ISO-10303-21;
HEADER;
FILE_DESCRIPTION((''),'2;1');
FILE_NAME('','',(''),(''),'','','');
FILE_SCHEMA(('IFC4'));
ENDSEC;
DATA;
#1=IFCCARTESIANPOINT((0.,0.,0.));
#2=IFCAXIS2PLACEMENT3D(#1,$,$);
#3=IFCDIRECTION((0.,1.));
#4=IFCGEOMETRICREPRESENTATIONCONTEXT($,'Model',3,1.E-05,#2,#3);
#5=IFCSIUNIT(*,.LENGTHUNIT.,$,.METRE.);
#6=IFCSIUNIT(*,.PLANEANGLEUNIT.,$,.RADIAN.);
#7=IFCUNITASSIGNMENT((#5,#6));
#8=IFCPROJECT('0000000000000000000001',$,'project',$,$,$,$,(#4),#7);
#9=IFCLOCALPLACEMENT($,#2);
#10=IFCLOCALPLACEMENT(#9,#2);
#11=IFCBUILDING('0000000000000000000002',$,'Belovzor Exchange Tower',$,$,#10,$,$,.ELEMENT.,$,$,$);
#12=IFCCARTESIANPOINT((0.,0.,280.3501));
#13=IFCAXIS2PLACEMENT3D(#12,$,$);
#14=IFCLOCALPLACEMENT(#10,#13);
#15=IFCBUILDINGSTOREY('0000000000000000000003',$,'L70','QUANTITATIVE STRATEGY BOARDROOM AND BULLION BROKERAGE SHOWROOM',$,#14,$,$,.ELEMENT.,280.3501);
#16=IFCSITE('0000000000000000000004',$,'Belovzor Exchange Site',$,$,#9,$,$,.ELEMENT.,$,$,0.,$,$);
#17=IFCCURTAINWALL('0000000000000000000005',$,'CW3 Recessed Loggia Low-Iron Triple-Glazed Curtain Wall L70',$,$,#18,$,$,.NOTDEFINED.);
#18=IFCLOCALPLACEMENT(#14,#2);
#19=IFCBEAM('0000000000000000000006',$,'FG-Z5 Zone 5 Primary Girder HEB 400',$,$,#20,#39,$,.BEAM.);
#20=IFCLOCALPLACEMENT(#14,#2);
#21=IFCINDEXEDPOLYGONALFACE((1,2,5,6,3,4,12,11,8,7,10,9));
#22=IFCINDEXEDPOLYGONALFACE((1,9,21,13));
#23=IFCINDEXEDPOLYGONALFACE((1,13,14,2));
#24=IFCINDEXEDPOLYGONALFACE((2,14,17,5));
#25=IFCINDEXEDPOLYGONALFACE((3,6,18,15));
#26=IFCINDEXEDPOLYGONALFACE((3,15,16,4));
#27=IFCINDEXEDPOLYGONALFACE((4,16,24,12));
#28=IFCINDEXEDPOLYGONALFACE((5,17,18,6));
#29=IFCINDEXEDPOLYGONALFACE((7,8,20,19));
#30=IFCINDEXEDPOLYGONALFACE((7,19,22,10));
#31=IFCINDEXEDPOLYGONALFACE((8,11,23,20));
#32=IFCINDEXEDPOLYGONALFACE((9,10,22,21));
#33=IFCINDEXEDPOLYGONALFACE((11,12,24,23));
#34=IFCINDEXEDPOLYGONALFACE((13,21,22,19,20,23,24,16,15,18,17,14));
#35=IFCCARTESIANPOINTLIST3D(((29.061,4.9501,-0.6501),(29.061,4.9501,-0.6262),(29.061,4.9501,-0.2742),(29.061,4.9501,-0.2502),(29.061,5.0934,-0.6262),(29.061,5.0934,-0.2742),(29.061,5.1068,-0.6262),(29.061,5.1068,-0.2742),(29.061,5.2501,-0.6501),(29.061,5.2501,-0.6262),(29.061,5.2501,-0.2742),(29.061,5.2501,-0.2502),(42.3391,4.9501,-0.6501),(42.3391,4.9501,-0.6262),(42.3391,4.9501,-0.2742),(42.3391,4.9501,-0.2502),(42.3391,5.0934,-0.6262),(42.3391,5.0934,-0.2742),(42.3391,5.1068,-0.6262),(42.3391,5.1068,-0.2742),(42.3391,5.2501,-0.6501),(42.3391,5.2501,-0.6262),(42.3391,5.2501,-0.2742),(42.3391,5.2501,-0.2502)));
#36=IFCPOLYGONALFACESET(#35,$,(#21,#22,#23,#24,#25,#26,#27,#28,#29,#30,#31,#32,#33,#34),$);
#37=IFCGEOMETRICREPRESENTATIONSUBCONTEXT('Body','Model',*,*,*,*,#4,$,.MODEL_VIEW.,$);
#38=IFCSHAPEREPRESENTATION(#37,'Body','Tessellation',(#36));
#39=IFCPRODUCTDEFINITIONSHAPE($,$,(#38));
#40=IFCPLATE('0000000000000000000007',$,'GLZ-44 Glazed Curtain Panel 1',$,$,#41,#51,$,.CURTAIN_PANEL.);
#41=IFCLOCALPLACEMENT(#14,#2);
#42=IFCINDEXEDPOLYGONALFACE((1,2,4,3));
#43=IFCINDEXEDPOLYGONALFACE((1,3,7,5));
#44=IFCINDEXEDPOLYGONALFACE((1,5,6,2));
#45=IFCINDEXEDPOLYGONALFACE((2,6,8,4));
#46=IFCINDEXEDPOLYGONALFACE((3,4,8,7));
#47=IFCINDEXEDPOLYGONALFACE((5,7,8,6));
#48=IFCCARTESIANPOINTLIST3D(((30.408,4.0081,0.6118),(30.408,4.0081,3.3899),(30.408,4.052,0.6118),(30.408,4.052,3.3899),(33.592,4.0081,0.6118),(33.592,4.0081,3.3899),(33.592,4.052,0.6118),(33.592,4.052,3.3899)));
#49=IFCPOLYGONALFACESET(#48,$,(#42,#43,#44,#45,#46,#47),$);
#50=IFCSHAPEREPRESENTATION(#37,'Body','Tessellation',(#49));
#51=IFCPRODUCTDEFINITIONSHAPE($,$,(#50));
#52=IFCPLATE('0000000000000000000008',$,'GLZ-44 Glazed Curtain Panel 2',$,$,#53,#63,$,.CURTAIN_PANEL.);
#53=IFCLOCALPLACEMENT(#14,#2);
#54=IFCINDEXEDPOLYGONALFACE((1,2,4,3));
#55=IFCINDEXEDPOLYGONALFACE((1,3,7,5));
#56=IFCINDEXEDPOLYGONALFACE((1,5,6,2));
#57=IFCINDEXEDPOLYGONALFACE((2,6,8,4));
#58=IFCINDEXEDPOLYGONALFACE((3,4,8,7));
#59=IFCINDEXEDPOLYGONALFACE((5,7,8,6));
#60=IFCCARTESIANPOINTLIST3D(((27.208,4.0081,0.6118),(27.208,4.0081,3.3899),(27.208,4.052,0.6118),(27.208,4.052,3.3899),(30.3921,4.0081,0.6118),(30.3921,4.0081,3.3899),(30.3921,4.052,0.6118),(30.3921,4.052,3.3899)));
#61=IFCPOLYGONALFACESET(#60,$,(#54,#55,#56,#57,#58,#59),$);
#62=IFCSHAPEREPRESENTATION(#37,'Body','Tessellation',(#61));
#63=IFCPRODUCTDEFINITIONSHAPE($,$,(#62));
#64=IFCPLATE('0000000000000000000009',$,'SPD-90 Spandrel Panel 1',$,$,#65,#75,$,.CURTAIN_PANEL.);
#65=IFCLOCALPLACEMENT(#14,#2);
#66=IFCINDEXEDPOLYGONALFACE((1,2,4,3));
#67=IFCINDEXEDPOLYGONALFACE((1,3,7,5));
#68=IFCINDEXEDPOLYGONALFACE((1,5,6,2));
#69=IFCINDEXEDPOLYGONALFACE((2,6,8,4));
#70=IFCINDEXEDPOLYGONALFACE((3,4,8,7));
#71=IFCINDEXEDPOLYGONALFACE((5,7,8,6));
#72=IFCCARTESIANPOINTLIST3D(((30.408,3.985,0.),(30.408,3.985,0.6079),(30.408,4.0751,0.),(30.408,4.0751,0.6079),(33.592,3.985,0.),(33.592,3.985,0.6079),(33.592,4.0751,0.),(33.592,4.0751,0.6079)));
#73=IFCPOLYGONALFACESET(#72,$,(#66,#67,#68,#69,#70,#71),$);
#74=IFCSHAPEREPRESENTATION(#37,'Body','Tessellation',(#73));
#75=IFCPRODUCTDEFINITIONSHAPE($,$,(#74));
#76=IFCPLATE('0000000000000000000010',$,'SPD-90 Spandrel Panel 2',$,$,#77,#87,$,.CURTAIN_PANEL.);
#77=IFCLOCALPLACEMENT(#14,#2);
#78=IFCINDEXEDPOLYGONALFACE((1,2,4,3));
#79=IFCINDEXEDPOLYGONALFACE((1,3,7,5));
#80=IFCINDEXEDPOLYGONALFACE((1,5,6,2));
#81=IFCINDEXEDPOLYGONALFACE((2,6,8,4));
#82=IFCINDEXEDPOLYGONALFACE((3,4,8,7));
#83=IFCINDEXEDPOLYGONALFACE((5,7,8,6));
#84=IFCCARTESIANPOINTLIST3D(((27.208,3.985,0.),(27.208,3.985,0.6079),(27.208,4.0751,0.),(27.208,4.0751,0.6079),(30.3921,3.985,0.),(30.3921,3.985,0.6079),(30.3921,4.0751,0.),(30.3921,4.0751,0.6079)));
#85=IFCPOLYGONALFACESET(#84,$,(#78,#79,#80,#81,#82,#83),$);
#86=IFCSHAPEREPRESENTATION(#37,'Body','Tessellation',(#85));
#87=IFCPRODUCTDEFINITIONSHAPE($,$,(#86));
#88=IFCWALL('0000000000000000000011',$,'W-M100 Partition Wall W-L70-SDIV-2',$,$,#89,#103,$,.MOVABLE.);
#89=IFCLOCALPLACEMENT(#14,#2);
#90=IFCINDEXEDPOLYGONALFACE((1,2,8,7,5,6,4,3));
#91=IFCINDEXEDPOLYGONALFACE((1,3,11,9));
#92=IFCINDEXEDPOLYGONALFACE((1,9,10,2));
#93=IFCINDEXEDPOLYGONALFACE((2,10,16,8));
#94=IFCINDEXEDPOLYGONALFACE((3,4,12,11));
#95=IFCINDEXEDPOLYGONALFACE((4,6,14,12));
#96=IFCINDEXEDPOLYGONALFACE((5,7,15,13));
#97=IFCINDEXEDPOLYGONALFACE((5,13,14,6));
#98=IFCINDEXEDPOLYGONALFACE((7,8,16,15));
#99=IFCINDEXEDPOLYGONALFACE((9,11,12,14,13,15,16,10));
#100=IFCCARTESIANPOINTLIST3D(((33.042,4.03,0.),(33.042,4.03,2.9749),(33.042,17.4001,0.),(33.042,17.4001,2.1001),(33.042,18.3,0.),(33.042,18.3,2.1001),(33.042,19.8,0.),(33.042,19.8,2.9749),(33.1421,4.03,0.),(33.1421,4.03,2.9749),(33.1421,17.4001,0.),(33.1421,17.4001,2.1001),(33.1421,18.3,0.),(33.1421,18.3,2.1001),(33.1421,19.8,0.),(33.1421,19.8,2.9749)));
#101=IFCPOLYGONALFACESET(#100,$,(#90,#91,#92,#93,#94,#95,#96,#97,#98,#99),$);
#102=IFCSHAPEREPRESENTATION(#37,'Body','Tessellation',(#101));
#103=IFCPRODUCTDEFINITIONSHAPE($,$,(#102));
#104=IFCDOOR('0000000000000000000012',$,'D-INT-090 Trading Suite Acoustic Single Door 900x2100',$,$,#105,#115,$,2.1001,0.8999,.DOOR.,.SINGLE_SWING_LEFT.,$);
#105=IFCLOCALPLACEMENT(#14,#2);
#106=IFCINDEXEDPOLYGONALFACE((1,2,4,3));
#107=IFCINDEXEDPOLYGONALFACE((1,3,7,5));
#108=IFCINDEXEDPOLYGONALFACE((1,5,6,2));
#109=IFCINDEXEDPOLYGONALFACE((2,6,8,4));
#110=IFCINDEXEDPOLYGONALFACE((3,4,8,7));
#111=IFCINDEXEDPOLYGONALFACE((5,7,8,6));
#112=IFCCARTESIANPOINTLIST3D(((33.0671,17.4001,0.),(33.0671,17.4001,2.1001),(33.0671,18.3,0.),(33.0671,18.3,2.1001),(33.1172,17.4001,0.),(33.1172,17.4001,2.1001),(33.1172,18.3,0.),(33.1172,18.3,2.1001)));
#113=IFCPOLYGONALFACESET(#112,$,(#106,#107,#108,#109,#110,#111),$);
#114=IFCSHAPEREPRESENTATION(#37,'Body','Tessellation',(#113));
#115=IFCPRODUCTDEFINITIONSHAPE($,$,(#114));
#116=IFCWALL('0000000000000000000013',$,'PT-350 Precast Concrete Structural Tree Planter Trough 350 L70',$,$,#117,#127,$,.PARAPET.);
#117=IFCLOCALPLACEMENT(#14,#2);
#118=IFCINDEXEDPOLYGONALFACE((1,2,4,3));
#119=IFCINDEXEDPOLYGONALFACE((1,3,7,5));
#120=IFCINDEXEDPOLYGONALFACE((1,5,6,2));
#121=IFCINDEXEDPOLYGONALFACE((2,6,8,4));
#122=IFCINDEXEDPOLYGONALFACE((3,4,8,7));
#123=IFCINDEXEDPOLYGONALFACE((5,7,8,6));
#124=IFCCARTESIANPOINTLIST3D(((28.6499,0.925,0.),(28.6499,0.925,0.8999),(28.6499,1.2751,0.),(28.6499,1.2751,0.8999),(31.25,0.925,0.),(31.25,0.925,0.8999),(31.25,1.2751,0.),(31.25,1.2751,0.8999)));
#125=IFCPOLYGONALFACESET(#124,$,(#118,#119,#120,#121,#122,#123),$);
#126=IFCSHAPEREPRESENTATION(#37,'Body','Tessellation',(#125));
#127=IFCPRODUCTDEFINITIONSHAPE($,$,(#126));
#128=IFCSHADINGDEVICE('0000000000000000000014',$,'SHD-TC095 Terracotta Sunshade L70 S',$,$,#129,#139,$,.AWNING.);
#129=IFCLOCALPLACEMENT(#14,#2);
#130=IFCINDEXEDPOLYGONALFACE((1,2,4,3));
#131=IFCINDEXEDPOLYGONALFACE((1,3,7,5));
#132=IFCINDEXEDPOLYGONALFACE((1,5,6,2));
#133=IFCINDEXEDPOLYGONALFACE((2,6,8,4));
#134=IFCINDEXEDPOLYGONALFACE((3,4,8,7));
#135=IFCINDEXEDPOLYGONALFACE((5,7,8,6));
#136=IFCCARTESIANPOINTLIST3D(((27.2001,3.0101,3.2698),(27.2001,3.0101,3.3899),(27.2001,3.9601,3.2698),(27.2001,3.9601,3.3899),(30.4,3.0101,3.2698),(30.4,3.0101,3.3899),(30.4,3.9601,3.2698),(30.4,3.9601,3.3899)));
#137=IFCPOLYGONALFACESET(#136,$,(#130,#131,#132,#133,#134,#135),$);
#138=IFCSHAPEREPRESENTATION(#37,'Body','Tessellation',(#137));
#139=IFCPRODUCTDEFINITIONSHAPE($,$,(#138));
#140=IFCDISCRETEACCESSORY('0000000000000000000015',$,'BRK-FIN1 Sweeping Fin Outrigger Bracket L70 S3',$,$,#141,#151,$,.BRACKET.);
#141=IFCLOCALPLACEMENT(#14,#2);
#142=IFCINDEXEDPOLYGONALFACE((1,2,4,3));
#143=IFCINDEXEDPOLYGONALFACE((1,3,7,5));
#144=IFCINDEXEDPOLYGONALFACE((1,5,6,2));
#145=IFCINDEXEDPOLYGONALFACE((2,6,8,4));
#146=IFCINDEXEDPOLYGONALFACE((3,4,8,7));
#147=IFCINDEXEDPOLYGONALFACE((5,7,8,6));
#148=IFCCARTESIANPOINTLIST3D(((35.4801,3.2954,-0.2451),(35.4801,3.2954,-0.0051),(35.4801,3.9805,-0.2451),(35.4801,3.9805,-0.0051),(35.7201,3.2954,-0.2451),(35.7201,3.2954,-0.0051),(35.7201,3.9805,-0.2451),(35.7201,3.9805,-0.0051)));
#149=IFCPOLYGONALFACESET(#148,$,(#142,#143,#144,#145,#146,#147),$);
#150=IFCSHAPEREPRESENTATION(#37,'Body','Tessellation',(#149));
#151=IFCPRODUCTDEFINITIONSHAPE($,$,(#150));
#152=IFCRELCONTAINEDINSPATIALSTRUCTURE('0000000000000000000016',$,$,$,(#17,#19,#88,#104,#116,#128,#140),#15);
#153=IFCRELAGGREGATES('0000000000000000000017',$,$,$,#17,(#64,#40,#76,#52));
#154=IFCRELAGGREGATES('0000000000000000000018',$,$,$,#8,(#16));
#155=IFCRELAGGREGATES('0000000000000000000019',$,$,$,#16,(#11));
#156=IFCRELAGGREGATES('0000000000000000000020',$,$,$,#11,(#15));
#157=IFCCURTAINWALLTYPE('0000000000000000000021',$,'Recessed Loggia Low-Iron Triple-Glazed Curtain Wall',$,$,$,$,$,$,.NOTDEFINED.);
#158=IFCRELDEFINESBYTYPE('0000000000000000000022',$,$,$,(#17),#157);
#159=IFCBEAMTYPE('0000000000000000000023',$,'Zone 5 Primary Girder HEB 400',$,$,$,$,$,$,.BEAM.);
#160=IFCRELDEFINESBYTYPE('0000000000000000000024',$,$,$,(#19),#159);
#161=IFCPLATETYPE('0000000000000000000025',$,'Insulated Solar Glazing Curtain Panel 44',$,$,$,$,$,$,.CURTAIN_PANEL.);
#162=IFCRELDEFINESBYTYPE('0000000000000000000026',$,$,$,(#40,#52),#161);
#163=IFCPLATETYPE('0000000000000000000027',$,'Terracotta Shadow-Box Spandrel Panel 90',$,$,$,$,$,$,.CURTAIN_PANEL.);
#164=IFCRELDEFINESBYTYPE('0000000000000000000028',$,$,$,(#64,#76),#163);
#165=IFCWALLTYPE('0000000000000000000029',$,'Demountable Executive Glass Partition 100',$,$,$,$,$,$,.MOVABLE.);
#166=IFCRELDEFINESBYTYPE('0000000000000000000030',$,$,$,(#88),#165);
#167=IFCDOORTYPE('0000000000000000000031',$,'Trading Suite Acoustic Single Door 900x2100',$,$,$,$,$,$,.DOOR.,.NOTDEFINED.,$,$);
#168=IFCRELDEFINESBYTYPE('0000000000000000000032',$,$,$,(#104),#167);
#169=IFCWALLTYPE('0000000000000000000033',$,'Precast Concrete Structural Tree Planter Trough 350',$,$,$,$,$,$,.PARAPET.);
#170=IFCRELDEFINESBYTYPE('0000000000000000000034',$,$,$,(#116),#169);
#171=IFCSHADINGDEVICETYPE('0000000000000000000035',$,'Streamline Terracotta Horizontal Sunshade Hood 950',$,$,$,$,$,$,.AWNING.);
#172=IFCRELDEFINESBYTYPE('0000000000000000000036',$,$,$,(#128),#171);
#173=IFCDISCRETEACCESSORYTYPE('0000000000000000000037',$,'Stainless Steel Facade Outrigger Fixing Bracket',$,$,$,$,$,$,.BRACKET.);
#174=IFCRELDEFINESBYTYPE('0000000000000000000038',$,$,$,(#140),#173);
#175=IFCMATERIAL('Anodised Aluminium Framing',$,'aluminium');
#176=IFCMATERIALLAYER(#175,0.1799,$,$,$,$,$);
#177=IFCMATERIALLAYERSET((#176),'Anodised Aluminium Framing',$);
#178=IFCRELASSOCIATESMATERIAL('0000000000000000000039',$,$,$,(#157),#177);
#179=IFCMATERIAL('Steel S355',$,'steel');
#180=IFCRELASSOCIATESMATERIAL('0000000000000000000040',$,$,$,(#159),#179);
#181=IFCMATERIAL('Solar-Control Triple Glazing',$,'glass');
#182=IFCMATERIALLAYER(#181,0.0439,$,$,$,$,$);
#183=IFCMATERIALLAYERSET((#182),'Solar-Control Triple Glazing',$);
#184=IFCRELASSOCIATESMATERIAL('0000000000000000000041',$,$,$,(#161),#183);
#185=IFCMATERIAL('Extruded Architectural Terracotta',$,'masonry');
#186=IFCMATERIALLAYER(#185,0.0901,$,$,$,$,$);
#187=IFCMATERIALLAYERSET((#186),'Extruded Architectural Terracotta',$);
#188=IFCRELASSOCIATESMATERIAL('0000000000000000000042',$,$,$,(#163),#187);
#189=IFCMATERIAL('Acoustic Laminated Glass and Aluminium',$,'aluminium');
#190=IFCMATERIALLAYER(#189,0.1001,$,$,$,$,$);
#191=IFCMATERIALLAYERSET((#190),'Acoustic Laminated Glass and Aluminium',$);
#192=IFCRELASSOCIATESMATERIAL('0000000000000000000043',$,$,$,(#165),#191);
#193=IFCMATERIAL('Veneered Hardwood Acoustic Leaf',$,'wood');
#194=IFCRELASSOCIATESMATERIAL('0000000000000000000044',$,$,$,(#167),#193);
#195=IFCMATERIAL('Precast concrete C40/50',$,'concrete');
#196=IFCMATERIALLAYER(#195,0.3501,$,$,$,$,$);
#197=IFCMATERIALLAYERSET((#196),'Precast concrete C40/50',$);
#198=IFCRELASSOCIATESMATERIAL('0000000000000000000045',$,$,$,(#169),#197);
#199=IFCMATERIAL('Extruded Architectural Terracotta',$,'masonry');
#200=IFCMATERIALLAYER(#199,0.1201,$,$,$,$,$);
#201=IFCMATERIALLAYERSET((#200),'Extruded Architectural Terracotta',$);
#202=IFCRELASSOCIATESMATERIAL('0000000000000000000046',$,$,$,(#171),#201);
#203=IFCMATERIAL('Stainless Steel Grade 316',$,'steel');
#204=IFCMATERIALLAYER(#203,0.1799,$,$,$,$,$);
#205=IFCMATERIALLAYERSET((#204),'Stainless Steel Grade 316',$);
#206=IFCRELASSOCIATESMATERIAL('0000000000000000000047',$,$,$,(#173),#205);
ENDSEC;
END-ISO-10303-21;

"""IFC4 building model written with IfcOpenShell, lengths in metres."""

from ifc_helpers import new_model, si_unit, direction, frame, frame_2d, origin, origin_2d, place, context, subcontext, project, spatial, rectangle, i_section, extrude, material, layer, layer_set, material_profile, profile_set, type_object, element, fill, aggregate, save


model = new_model("IFC4")

# Units and contexts
model_context = context("Model", 3, precision=1e-05, world=origin(), true_north=direction((0.0, 1.0)))
body_context = subcontext(model_context, "Body", "Model", "MODEL_VIEW")
ifc_project = project(units=[si_unit("LENGTHUNIT", "METRE"), si_unit("PLANEANGLEUNIT", "RADIAN")], contexts=[model_context])

# Site, building, storey
site_placement = place(None, origin())
site = spatial("IfcSite", under=ifc_project, at=site_placement, Name="Belovzor Exchange Site", CompositionType="ELEMENT", RefElevation=0.0)
building_placement = place(site_placement, origin())
building = spatial("IfcBuilding", under=site, at=building_placement, Name="Belovzor Exchange Tower", CompositionType="ELEMENT")
storey_placement = place(building_placement, frame((0.0, 0.0, 280.3501)))
storey = spatial("IfcBuildingStorey", under=building, at=storey_placement, Name="L70", Description="QUANTITATIVE STRATEGY BOARDROOM AND BULLION BROKERAGE SHOWROOM", CompositionType="ELEMENT", Elevation=280.3501)

# Curtain wall
ifc_material_1 = material(Name="Anodised Aluminium Framing", Category="aluminium")
ifc_layer_1 = layer(ifc_material_1, 0.1799)
ifc_layer_set_1 = layer_set([ifc_layer_1], Name="Anodised Aluminium Framing")
curtain_wall_type = type_object("IfcCurtainWallType", Name="Recessed Loggia Low-Iron Triple-Glazed Curtain Wall", PredefinedType="NOTDEFINED", material=ifc_layer_set_1)
curtain_wall_placement = place(storey_placement, origin())
curtain_wall = element("IfcCurtainWall", 1, at=curtain_wall_placement, inside=storey, type_object=curtain_wall_type, Name="CW3 Recessed Loggia Low-Iron Triple-Glazed Curtain Wall L70", PredefinedType="NOTDEFINED")

# Beam
ifc_material_2 = material(Name="Steel S355", Category="steel")
ifc_material_profile_1 = material_profile(ifc_material_2, i_section(OverallWidth=0.3, OverallDepth=0.3999, WebThickness=0.0134, FlangeThickness=0.0239, at=origin_2d()))
ifc_profile_set_1 = profile_set([ifc_material_profile_1], Name="Steel S355")
beam_type_1 = type_object("IfcBeamType", Name="Zone 5 Primary Girder HEB 400", PredefinedType="BEAM", material=ifc_profile_set_1)
beam_1_placement = place(storey_placement, frame((29.061, 5.1001, -0.4502), z_axis=(1.0, 0.0, 0.0), x_axis=(0.0, 1.0, 0.0)))
element("IfcBeam", 2, at=beam_1_placement, inside=storey, type_object=beam_type_1, Name="FG-Z5 Zone 5 Primary Girder HEB 400", PredefinedType="BEAM", context=body_context, shape_type="SweptSolid", body=[
    extrude(i_section(OverallWidth=0.3, OverallDepth=0.3999, WebThickness=0.0134, FlangeThickness=0.0239, at=origin_2d()), origin(), (0.0, 0.0, 1.0), 13.2781),
])

# Plates
ifc_material_3 = material(Name="Solar-Control Triple Glazing", Category="glass")
ifc_layer_2 = layer(ifc_material_3, 0.0439)
ifc_layer_set_2 = layer_set([ifc_layer_2], Name="Solar-Control Triple Glazing")
plate_type_1 = type_object("IfcPlateType", Name="Insulated Solar Glazing Curtain Panel 44", PredefinedType="CURTAIN_PANEL", material=ifc_layer_set_2)
plate_1_placement = place(storey_placement, frame((32.0, 4.03, 0.6118), z_axis=(0.0, 0.0, 1.0), x_axis=(-1.0, 0.0, 0.0)))
plate_1 = element("IfcPlate", 3, at=plate_1_placement, type_object=plate_type_1, Name="GLZ-44 Glazed Curtain Panel 1", PredefinedType="CURTAIN_PANEL", context=body_context, shape_type="SweptSolid", body=[
    extrude(rectangle(XDim=3.1841, YDim=0.0439, at=origin_2d()), origin(), (0.0, 0.0, 1.0), 2.7781),
])
plate_2_placement = place(storey_placement, frame((28.8, 4.03, 0.6118), z_axis=(0.0, 0.0, 1.0), x_axis=(-1.0, 0.0, 0.0)))
plate_2 = element("IfcPlate", 4, at=plate_2_placement, type_object=plate_type_1, Name="GLZ-44 Glazed Curtain Panel 2", PredefinedType="CURTAIN_PANEL", context=body_context, shape_type="SweptSolid", body=[
    extrude(rectangle(XDim=3.1841, YDim=0.0439, at=origin_2d()), origin(), (0.0, 0.0, 1.0), 2.7781),
])
ifc_material_4 = material(Name="Extruded Architectural Terracotta", Category="masonry")
ifc_layer_3 = layer(ifc_material_4, 0.0901)
ifc_layer_set_3 = layer_set([ifc_layer_3], Name="Extruded Architectural Terracotta")
plate_type_2 = type_object("IfcPlateType", Name="Terracotta Shadow-Box Spandrel Panel 90", PredefinedType="CURTAIN_PANEL", material=ifc_layer_set_3)
plate_3_placement = place(storey_placement, frame((32.0, 4.03, 0.0), z_axis=(0.0, 0.0, 1.0), x_axis=(-1.0, 0.0, 0.0)))
plate_3 = element("IfcPlate", 5, at=plate_3_placement, type_object=plate_type_2, Name="SPD-90 Spandrel Panel 1", PredefinedType="CURTAIN_PANEL", context=body_context, shape_type="SweptSolid", body=[
    extrude(rectangle(XDim=3.1841, YDim=0.0901, at=origin_2d()), origin(), (0.0, 0.0, 1.0), 0.6079),
])
plate_4_placement = place(storey_placement, frame((28.8, 4.03, 0.0), z_axis=(0.0, 0.0, 1.0), x_axis=(-1.0, 0.0, 0.0)))
plate_4 = element("IfcPlate", 6, at=plate_4_placement, type_object=plate_type_2, Name="SPD-90 Spandrel Panel 2", PredefinedType="CURTAIN_PANEL", context=body_context, shape_type="SweptSolid", body=[
    extrude(rectangle(XDim=3.1841, YDim=0.0901, at=origin_2d()), origin(), (0.0, 0.0, 1.0), 0.6079),
])
aggregate(curtain_wall, [plate_3, plate_1, plate_4, plate_2])

# Wall, opening, door
ifc_material_5 = material(Name="Acoustic Laminated Glass and Aluminium", Category="aluminium")
ifc_layer_4 = layer(ifc_material_5, 0.1001)
ifc_layer_set_4 = layer_set([ifc_layer_4], Name="Acoustic Laminated Glass and Aluminium")
wall_type_1 = type_object("IfcWallType", Name="Demountable Executive Glass Partition 100", PredefinedType="MOVABLE", material=ifc_layer_set_4)
wall_1_placement = place(storey_placement, frame((33.092, 4.03, 0.0), z_axis=(0.0, 0.0, 1.0), x_axis=(0.0, 1.0, 0.0)))
wall_1 = element("IfcWall", 7, at=wall_1_placement, inside=storey, type_object=wall_type_1, Name="W-M100 Partition Wall W-L70-SDIV-2", PredefinedType="MOVABLE", context=body_context, shape_type="SweptSolid", body=[
    extrude(rectangle(XDim=15.77, YDim=0.1001, at=frame_2d((7.885, 0.0))), origin(), (0.0, 0.0, 1.0), 2.9749),
])
opening_placement = place(wall_1_placement, frame((13.3701, 0.0, 0.0)))
opening = element("IfcOpeningElement", 8, at=opening_placement, cuts=wall_1, PredefinedType="OPENING", context=body_context, shape_type="SweptSolid", body=[
    extrude(rectangle(XDim=0.8999, YDim=2.1001, at=frame_2d((0.45, 1.05))), frame((0.0, 0.0601, 0.0), z_axis=(0.0, -1.0, 0.0), x_axis=(1.0, 0.0, 0.0)), (0.0, 0.0, 1.0), 0.1201),
])
ifc_material_6 = material(Name="Veneered Hardwood Acoustic Leaf", Category="wood")
door_type = type_object("IfcDoorType", Name="Trading Suite Acoustic Single Door 900x2100", OperationType="NOTDEFINED", PredefinedType="DOOR", material=ifc_material_6)
door_placement = place(opening_placement, origin())
door = element("IfcDoor", 9, at=door_placement, inside=storey, type_object=door_type, Name="D-INT-090 Trading Suite Acoustic Single Door 900x2100", OperationType="SINGLE_SWING_LEFT", OverallHeight=2.1001, OverallWidth=0.8999, PredefinedType="DOOR", context=body_context, shape_type="SweptSolid", body=[
    extrude(rectangle(XDim=0.8999, YDim=2.1001, at=frame_2d((0.45, 1.05))), frame((0.0, 0.0249, 0.0), z_axis=(0.0, -1.0, 0.0), x_axis=(1.0, 0.0, 0.0)), (0.0, 0.0, 1.0), 0.05),
])
fill(opening, door)

# Wall
ifc_material_7 = material(Name="Precast concrete C40/50", Category="concrete")
ifc_layer_5 = layer(ifc_material_7, 0.3501)
ifc_layer_set_5 = layer_set([ifc_layer_5], Name="Precast concrete C40/50")
wall_type_2 = type_object("IfcWallType", Name="Precast Concrete Structural Tree Planter Trough 350", PredefinedType="PARAPET", material=ifc_layer_set_5)
wall_2_placement = place(storey_placement, frame((28.6499, 1.1001, 0.0), z_axis=(0.0, 0.0, 1.0), x_axis=(1.0, 0.0, 0.0)))
element("IfcWall", 10, at=wall_2_placement, inside=storey, type_object=wall_type_2, Name="PT-350 Precast Concrete Structural Tree Planter Trough 350 L70", PredefinedType="PARAPET", context=body_context, shape_type="SweptSolid", body=[
    extrude(rectangle(XDim=2.6001, YDim=0.3501, at=frame_2d((1.3, 0.0))), origin(), (0.0, 0.0, 1.0), 0.8999),
])

# Shading device
ifc_material_8 = material(Name="Extruded Architectural Terracotta", Category="masonry")
ifc_layer_6 = layer(ifc_material_8, 0.1201)
ifc_layer_set_6 = layer_set([ifc_layer_6], Name="Extruded Architectural Terracotta")
shading_device_type = type_object("IfcShadingDeviceType", Name="Streamline Terracotta Horizontal Sunshade Hood 950", PredefinedType="AWNING", material=ifc_layer_set_6)
shading_device_placement = place(storey_placement, frame((28.8, 3.4851, 3.2698), z_axis=(0.0, 0.0, 1.0), x_axis=(1.0, 0.0, 0.0)))
element("IfcShadingDevice", 11, at=shading_device_placement, inside=storey, type_object=shading_device_type, Name="SHD-TC095 Terracotta Sunshade L70 S", PredefinedType="AWNING", context=body_context, shape_type="SweptSolid", body=[
    extrude(rectangle(XDim=3.2, YDim=0.95, at=origin_2d()), origin(), (0.0, 0.0, 1.0), 0.1201),
])

# Discrete accessory
ifc_material_9 = material(Name="Stainless Steel Grade 316", Category="steel")
ifc_layer_7 = layer(ifc_material_9, 0.1799)
ifc_layer_set_7 = layer_set([ifc_layer_7], Name="Stainless Steel Grade 316")
discrete_accessory_type = type_object("IfcDiscreteAccessoryType", Name="Stainless Steel Facade Outrigger Fixing Bracket", PredefinedType="BRACKET", material=ifc_layer_set_7)
discrete_accessory_placement = place(storey_placement, frame((35.6001, 3.6379, -0.2451), z_axis=(0.0, 0.0, 1.0), x_axis=(0.0, 1.0, 0.0)))
element("IfcDiscreteAccessory", 12, at=discrete_accessory_placement, inside=storey, type_object=discrete_accessory_type, Name="BRK-FIN1 Sweeping Fin Outrigger Bracket L70 S3", PredefinedType="BRACKET", context=body_context, shape_type="SweptSolid", body=[
    extrude(rectangle(XDim=0.6851, YDim=0.24, at=origin_2d()), origin(), (0.0, 0.0, 1.0), 0.24),
])

save(model, "model.ifc")
